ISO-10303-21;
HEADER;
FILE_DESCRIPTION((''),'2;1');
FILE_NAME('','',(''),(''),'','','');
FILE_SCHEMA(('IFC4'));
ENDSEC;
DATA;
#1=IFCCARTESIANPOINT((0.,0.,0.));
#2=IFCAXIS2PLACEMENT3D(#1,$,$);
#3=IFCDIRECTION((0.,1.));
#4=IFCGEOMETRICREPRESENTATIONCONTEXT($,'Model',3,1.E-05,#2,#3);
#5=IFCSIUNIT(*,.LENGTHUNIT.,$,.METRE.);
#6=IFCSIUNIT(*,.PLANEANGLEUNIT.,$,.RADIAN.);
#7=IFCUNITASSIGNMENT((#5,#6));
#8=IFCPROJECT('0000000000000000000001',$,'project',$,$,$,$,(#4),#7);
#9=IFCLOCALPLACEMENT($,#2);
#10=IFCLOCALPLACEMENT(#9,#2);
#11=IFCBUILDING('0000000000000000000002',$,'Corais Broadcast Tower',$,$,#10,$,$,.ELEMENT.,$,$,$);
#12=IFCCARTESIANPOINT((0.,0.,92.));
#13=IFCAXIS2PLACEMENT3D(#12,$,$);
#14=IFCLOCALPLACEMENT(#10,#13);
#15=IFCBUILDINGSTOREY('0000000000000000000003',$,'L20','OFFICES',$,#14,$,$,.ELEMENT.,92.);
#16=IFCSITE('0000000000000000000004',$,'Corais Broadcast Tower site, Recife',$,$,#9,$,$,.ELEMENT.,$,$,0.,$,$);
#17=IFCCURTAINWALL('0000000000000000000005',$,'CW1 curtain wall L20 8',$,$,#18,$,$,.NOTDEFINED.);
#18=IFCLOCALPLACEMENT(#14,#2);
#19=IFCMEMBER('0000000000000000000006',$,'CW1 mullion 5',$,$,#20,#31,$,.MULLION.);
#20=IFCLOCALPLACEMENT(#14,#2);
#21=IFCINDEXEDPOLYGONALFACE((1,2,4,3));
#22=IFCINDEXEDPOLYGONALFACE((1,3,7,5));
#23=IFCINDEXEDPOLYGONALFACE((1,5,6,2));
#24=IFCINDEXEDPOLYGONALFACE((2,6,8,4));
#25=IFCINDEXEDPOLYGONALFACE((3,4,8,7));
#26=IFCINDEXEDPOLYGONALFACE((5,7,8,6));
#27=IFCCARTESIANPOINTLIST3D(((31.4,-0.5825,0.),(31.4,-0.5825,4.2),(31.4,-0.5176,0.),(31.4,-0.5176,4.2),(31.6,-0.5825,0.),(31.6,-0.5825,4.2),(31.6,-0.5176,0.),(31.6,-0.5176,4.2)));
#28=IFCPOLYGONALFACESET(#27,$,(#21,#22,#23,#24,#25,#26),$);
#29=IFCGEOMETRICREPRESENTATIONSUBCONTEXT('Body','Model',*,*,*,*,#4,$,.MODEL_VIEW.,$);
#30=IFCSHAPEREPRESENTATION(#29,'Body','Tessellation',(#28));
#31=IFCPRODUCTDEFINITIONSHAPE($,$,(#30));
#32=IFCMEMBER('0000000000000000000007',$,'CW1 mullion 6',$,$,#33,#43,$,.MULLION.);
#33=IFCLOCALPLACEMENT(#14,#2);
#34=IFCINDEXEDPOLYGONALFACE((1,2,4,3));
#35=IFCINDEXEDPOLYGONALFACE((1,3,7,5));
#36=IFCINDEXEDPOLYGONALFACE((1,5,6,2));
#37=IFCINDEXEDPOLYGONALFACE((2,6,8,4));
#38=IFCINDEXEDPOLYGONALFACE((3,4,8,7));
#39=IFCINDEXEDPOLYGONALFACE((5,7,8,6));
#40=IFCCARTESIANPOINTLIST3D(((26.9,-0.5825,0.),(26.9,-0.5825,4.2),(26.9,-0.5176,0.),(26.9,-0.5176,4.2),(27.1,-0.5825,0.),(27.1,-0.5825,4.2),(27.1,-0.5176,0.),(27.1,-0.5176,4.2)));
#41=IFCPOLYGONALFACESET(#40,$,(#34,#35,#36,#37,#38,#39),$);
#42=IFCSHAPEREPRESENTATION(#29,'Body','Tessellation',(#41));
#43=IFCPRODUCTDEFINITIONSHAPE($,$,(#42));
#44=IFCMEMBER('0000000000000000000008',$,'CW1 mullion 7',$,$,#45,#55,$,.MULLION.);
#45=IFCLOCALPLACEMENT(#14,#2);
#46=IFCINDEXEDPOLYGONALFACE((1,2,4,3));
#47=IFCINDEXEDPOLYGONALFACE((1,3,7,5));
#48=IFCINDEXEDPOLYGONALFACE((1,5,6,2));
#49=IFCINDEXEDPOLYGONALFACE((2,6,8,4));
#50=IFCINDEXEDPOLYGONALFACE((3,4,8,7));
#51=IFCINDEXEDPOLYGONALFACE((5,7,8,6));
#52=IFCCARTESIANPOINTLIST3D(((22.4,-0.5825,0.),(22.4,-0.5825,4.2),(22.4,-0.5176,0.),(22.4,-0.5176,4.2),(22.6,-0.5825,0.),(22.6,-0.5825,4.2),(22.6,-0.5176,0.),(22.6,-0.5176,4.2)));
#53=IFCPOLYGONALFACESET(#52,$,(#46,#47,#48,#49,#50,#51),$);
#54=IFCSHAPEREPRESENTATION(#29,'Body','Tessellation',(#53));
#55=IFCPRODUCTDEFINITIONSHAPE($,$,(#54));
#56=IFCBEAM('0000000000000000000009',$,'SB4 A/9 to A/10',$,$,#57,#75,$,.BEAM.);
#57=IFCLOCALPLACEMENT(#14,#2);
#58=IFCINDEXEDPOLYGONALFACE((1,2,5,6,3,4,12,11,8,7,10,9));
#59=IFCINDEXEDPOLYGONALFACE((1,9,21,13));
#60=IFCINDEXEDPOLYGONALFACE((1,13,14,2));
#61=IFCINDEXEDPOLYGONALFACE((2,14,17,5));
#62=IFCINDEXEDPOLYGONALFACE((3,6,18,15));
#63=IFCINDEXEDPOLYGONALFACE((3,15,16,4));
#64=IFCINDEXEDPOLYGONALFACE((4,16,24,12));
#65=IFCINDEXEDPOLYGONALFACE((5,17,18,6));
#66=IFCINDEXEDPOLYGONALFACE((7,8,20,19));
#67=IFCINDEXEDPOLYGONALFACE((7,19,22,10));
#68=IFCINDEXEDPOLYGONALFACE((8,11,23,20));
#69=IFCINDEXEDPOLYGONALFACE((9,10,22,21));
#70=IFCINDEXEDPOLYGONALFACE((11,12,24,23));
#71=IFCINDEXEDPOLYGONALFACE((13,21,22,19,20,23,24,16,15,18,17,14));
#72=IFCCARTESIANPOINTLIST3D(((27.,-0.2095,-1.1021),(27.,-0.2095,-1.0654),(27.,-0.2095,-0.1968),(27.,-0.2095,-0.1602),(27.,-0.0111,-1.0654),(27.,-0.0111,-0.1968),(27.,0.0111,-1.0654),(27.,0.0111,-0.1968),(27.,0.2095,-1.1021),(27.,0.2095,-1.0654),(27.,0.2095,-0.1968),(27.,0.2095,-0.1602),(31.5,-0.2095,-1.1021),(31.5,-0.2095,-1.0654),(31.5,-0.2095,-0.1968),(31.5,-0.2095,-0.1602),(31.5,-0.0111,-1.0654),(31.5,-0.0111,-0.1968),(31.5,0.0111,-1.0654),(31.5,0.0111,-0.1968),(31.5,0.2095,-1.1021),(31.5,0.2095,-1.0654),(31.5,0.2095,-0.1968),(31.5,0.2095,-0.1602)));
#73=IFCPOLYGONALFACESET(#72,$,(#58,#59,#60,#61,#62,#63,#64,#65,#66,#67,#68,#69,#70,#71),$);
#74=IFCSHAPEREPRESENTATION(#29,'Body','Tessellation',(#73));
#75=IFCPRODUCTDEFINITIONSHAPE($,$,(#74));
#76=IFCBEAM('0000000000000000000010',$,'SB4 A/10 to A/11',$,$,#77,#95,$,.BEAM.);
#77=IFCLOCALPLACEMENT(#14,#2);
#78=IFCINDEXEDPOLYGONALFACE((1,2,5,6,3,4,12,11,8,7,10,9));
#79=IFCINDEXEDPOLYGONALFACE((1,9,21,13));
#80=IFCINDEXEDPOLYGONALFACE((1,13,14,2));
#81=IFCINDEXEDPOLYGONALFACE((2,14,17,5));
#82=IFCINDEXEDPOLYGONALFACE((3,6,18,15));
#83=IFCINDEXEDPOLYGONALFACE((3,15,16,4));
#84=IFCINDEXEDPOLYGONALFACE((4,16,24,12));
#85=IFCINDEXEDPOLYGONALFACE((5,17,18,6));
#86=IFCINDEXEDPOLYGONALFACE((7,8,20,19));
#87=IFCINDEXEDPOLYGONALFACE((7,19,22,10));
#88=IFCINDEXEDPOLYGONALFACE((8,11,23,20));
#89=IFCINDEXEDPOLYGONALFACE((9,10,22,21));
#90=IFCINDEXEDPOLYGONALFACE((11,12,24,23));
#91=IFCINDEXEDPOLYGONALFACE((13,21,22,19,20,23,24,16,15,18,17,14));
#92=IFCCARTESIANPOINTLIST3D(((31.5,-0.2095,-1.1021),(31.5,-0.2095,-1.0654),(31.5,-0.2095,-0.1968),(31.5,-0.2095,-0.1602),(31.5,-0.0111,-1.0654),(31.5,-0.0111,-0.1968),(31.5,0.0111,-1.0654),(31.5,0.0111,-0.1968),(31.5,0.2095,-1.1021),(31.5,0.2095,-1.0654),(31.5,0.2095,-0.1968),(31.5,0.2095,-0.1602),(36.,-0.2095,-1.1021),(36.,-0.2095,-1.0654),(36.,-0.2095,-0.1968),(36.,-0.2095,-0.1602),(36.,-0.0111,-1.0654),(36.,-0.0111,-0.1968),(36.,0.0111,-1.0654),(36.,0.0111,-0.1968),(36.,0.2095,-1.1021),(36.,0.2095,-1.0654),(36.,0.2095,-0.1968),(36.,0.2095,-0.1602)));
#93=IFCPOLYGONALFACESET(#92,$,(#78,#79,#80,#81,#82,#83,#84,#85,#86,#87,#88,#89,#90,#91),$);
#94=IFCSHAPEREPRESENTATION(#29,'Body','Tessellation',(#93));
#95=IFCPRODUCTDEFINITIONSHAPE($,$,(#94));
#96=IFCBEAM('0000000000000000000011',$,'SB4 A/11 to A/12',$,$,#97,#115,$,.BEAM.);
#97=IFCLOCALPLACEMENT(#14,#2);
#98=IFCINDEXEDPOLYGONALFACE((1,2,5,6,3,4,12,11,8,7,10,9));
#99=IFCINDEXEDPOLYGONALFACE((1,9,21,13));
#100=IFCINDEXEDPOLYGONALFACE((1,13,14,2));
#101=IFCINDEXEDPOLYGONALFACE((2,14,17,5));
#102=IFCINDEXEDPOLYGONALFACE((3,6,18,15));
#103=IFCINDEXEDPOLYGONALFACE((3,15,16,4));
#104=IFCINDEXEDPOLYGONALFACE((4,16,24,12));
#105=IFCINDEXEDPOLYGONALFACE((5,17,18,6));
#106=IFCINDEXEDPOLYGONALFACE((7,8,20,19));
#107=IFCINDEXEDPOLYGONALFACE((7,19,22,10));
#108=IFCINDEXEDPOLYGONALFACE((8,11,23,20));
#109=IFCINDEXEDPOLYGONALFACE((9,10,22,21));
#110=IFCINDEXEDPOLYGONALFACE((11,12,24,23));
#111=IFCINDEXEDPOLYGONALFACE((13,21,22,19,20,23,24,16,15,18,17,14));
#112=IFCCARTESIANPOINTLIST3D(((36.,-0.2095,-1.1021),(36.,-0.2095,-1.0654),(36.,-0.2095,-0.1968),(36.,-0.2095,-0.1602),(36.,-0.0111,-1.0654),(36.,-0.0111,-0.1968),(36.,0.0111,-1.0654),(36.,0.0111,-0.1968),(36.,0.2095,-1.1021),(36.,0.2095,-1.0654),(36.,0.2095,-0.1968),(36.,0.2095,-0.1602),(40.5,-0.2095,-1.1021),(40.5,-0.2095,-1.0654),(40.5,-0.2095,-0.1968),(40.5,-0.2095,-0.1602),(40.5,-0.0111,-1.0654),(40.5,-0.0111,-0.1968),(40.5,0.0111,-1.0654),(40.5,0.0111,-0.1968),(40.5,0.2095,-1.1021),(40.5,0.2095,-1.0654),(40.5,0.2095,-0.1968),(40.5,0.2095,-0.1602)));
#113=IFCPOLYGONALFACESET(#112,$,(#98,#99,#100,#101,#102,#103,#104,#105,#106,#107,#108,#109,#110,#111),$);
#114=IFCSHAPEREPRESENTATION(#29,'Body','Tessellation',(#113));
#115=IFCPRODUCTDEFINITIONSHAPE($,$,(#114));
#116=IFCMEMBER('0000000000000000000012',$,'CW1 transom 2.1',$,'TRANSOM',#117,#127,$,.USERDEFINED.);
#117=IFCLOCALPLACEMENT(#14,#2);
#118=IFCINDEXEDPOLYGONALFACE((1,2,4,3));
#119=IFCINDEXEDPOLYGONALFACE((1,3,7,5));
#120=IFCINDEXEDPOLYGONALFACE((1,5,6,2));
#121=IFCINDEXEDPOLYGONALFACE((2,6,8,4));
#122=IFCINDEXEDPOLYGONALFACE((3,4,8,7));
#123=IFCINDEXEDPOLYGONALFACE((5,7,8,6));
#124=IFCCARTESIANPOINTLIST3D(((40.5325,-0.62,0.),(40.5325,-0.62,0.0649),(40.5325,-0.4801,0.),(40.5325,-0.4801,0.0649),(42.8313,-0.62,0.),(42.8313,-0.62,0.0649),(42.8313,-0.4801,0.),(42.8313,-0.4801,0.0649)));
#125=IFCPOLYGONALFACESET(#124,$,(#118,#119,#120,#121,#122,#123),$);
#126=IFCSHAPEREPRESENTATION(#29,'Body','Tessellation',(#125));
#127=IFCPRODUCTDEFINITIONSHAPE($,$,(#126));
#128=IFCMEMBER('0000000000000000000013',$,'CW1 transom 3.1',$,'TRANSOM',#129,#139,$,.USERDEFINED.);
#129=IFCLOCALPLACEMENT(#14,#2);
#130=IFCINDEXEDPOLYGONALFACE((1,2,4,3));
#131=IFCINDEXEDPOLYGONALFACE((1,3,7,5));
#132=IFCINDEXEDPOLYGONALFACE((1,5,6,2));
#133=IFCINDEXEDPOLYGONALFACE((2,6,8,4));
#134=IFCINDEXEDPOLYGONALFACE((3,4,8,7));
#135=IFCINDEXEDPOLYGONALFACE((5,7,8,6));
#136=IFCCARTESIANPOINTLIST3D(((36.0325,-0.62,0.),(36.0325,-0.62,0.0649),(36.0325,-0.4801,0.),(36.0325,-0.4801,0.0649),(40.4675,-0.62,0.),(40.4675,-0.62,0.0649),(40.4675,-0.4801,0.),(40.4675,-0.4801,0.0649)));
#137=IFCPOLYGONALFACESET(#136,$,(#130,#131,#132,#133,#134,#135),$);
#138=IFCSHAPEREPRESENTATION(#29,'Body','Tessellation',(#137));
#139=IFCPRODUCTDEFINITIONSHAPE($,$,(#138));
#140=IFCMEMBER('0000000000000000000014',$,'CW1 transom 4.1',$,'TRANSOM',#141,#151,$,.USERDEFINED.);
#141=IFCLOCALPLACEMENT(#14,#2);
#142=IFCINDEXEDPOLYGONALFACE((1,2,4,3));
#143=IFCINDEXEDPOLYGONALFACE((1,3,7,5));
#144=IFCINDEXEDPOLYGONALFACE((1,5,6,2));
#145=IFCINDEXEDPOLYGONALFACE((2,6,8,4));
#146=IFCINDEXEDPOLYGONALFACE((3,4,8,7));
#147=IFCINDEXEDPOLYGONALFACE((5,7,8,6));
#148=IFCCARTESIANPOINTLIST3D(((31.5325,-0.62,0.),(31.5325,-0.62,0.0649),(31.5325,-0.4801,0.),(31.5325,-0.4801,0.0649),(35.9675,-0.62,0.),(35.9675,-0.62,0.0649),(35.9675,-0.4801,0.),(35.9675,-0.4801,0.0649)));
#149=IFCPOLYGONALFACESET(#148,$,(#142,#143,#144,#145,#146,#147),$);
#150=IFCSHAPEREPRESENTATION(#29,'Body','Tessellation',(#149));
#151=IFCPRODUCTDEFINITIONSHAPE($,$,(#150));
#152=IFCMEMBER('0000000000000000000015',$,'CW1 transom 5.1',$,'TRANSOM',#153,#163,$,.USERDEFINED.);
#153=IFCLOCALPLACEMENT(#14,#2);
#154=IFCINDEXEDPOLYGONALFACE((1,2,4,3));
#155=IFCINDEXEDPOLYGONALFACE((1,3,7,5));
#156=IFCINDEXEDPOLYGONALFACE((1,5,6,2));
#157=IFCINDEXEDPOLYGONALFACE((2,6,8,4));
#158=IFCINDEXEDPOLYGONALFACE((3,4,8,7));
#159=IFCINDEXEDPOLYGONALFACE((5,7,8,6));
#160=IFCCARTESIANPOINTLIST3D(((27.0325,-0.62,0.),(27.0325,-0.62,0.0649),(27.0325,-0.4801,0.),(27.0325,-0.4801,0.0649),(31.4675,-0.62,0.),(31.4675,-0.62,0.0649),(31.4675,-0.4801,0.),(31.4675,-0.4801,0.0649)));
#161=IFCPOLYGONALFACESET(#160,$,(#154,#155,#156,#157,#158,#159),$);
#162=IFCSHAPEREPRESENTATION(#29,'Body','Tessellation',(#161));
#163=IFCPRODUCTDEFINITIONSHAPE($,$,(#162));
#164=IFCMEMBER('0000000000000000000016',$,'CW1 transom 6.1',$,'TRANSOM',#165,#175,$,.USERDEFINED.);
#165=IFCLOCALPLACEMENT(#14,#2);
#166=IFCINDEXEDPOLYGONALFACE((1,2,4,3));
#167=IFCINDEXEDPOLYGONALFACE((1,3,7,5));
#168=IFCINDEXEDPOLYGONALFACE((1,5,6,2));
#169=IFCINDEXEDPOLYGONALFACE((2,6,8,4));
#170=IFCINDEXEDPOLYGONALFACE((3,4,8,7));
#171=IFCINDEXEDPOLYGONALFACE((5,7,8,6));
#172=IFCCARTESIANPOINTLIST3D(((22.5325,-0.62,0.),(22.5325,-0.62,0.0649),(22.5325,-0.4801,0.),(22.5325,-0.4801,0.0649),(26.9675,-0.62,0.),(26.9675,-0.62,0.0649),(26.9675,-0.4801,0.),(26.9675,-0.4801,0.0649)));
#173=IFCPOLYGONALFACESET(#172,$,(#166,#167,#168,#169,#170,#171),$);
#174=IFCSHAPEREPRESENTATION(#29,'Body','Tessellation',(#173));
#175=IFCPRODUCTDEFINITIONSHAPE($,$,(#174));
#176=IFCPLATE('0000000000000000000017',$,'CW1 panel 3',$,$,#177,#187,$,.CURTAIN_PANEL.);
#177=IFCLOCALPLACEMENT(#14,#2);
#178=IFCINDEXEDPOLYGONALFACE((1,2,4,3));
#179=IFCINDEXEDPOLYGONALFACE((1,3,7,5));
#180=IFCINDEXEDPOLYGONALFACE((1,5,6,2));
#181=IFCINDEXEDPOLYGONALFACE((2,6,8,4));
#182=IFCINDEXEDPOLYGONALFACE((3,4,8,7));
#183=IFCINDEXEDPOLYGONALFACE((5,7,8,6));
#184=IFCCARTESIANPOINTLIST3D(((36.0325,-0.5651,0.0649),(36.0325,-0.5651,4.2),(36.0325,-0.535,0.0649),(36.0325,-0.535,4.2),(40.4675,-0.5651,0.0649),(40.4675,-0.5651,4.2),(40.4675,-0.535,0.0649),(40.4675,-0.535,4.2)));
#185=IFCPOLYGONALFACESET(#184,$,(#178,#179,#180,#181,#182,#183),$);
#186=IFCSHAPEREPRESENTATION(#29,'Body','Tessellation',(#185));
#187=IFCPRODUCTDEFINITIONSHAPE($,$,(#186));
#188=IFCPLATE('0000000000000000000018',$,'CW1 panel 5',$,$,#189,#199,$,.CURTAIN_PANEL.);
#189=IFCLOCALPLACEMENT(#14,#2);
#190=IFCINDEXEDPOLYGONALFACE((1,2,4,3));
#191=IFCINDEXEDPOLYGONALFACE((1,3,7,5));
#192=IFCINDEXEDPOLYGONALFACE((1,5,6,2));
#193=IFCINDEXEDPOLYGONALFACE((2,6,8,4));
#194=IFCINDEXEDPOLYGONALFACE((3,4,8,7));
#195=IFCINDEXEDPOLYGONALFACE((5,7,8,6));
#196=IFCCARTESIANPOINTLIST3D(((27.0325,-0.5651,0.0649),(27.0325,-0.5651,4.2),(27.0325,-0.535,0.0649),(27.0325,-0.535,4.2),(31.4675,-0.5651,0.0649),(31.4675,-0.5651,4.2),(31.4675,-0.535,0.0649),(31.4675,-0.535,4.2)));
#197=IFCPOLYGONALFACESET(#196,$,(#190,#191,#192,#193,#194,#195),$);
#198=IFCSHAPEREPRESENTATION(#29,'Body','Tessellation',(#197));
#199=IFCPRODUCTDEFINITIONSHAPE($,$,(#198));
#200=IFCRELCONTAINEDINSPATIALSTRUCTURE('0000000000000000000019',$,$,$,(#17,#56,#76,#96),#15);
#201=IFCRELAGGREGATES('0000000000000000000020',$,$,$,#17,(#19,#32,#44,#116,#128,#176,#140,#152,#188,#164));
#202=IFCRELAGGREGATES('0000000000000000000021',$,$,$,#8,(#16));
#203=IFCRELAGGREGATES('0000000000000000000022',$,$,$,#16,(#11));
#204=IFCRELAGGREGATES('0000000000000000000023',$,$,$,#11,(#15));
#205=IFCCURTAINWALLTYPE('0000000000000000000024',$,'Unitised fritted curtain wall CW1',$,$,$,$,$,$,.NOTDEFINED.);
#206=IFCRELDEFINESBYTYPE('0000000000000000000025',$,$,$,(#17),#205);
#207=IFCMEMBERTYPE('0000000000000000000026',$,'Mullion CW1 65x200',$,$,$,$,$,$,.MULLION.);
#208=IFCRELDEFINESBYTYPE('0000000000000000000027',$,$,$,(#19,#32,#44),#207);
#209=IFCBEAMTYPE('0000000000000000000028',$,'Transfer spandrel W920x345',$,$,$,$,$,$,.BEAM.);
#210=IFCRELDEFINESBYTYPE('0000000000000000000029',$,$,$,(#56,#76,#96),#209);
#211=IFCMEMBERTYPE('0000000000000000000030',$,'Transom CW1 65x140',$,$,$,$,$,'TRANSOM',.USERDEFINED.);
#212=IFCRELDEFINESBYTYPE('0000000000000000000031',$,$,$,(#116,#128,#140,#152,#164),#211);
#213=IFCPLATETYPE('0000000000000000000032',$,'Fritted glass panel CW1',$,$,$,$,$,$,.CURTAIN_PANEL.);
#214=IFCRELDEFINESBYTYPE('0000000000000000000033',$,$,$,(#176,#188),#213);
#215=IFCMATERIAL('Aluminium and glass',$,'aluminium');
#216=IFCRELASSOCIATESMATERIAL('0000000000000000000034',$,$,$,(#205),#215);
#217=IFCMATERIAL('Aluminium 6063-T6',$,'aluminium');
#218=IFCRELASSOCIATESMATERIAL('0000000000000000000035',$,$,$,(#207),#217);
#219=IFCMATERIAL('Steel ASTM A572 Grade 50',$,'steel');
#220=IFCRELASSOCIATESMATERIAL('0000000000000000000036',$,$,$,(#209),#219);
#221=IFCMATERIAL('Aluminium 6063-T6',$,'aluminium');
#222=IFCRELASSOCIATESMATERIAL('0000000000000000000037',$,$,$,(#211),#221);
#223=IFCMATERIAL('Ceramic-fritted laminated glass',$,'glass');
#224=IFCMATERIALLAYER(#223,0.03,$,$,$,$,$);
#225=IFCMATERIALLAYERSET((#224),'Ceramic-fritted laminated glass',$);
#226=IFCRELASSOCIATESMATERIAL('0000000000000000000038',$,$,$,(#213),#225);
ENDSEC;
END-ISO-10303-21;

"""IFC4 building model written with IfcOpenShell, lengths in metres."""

from ifc_helpers import new_model, si_unit, direction, frame, origin, origin_2d, place, context, subcontext, project, spatial, rectangle, i_section, extrude, material, layer, layer_set, material_profile, profile_set, type_object, element, aggregate, save


model = new_model("IFC4")

# Units and contexts
model_context = context("Model", 3, precision=1e-05, world=origin(), true_north=direction((0.0, 1.0)))
body_context = subcontext(model_context, "Body", "Model", "MODEL_VIEW")
ifc_project = project(units=[si_unit("LENGTHUNIT", "METRE"), si_unit("PLANEANGLEUNIT", "RADIAN")], contexts=[model_context])

# Site, building, storey
site_placement = place(None, origin())
site = spatial("IfcSite", under=ifc_project, at=site_placement, Name="Corais Broadcast Tower site, Recife", CompositionType="ELEMENT", RefElevation=0.0)
building_placement = place(site_placement, origin())
building = spatial("IfcBuilding", under=site, at=building_placement, Name="Corais Broadcast Tower", CompositionType="ELEMENT")
storey_placement = place(building_placement, frame((0.0, 0.0, 92.0)))
storey = spatial("IfcBuildingStorey", under=building, at=storey_placement, Name="L20", Description="OFFICES", CompositionType="ELEMENT", Elevation=92.0)

# Curtain wall, members
ifc_material_1 = material(Name="Aluminium and glass", Category="aluminium")
curtain_wall_type = type_object("IfcCurtainWallType", Name="Unitised fritted curtain wall CW1", PredefinedType="NOTDEFINED", material=ifc_material_1)
curtain_wall_placement = place(storey_placement, origin())
curtain_wall = element("IfcCurtainWall", 1, at=curtain_wall_placement, inside=storey, type_object=curtain_wall_type, Name="CW1 curtain wall L20 8", PredefinedType="NOTDEFINED")
ifc_material_2 = material(Name="Aluminium 6063-T6", Category="aluminium")
ifc_material_profile_1 = material_profile(ifc_material_2, rectangle(XDim=0.0649, YDim=0.2, at=origin_2d()), Name="Mullion CW1 65x200")
ifc_profile_set_1 = profile_set([ifc_material_profile_1], Name="Aluminium 6063-T6")
member_type_1 = type_object("IfcMemberType", Name="Mullion CW1 65x200", PredefinedType="MULLION", material=ifc_profile_set_1)
member_1_placement = place(storey_placement, frame((31.5, -0.55, 0.0), z_axis=(0.0, 0.0, 1.0), x_axis=(0.0, -1.0, 0.0)))
member_1 = element("IfcMember", 2, at=member_1_placement, type_object=member_type_1, Name="CW1 mullion 5", PredefinedType="MULLION", context=body_context, shape_type="SweptSolid", body=[
    extrude(rectangle(XDim=0.0649, YDim=0.2, at=origin_2d()), origin(), (0.0, 0.0, 1.0), 4.2),
])
member_2_placement = place(storey_placement, frame((27.0, -0.55, 0.0), z_axis=(0.0, 0.0, 1.0), x_axis=(0.0, -1.0, 0.0)))
member_2 = element("IfcMember", 3, at=member_2_placement, type_object=member_type_1, Name="CW1 mullion 6", PredefinedType="MULLION", context=body_context, shape_type="SweptSolid", body=[
    extrude(rectangle(XDim=0.0649, YDim=0.2, at=origin_2d()), origin(), (0.0, 0.0, 1.0), 4.2),
])
member_3_placement = place(storey_placement, frame((22.5, -0.55, 0.0), z_axis=(0.0, 0.0, 1.0), x_axis=(0.0, -1.0, 0.0)))
member_3 = element("IfcMember", 4, at=member_3_placement, type_object=member_type_1, Name="CW1 mullion 7", PredefinedType="MULLION", context=body_context, shape_type="SweptSolid", body=[
    extrude(rectangle(XDim=0.0649, YDim=0.2, at=origin_2d()), origin(), (0.0, 0.0, 1.0), 4.2),
])

# Beams
ifc_material_3 = material(Name="Steel ASTM A572 Grade 50", Category="steel")
ifc_material_profile_2 = material_profile(ifc_material_3, i_section(OverallWidth=0.4189, OverallDepth=0.9419, WebThickness=0.0222, FlangeThickness=0.0366, at=origin_2d()), Name="W920x345")
ifc_profile_set_2 = profile_set([ifc_material_profile_2], Name="Steel ASTM A572 Grade 50")
beam_type_1 = type_object("IfcBeamType", Name="Transfer spandrel W920x345", PredefinedType="BEAM", material=ifc_profile_set_2)
for number, where, z_axis, x_axis, name in (
    (5, (27.0, 0.0, -0.6311), (1.0, 0.0, 0.0), (0.0, 1.0, 0.0), "SB4 A/9 to A/10"),
    (6, (31.5, 0.0, -0.6311), (1.0, 0.0, 0.0), (0.0, 1.0, 0.0), "SB4 A/10 to A/11"),
    (7, (36.0, 0.0, -0.6311), (1.0, 0.0, 0.0), (0.0, 1.0, 0.0), "SB4 A/11 to A/12"),
):
    element("IfcBeam", number, at=place(storey_placement, frame(where, z_axis=z_axis, x_axis=x_axis)), inside=storey, type_object=beam_type_1, Name=name, PredefinedType="BEAM", context=body_context, shape_type="SweptSolid", body=[
        extrude(i_section(OverallWidth=0.4189, OverallDepth=0.9419, WebThickness=0.0222, FlangeThickness=0.0366, at=origin_2d()), origin(), (0.0, 0.0, 1.0), 4.5),
    ])

# Members
ifc_material_4 = material(Name="Aluminium 6063-T6", Category="aluminium")
ifc_material_profile_3 = material_profile(ifc_material_4, rectangle(XDim=0.1399, YDim=0.0649, at=origin_2d()), Name="Transom CW1 65x140")
ifc_profile_set_3 = profile_set([ifc_material_profile_3], Name="Aluminium 6063-T6")
member_type_2 = type_object("IfcMemberType", Name="Transom CW1 65x140", ElementType="TRANSOM", PredefinedType="USERDEFINED", material=ifc_profile_set_3)
member_4_placement = place(storey_placement, frame((42.8313, -0.55, 0.0325), z_axis=(-1.0, 0.0, 0.0), x_axis=(0.0, -1.0, 0.0)))
member_4 = element("IfcMember", 8, at=member_4_placement, type_object=member_type_2, Name="CW1 transom 2.1", ObjectType="TRANSOM", PredefinedType="USERDEFINED", context=body_context, shape_type="SweptSolid", body=[
    extrude(rectangle(XDim=0.1399, YDim=0.0649, at=origin_2d()), origin(), (0.0, 0.0, 1.0), 2.2988),
])
member_5_placement = place(storey_placement, frame((40.4675, -0.55, 0.0325), z_axis=(-1.0, 0.0, 0.0), x_axis=(0.0, -1.0, 0.0)))
member_5 = element("IfcMember", 9, at=member_5_placement, type_object=member_type_2, Name="CW1 transom 3.1", ObjectType="TRANSOM", PredefinedType="USERDEFINED", context=body_context, shape_type="SweptSolid", body=[
    extrude(rectangle(XDim=0.1399, YDim=0.0649, at=origin_2d()), origin(), (0.0, 0.0, 1.0), 4.4351),
])
member_6_placement = place(storey_placement, frame((35.9675, -0.55, 0.0325), z_axis=(-1.0, 0.0, 0.0), x_axis=(0.0, -1.0, 0.0)))
member_6 = element("IfcMember", 10, at=member_6_placement, type_object=member_type_2, Name="CW1 transom 4.1", ObjectType="TRANSOM", PredefinedType="USERDEFINED", context=body_context, shape_type="SweptSolid", body=[
    extrude(rectangle(XDim=0.1399, YDim=0.0649, at=origin_2d()), origin(), (0.0, 0.0, 1.0), 4.4351),
])
member_7_placement = place(storey_placement, frame((31.4675, -0.55, 0.0325), z_axis=(-1.0, 0.0, 0.0), x_axis=(0.0, -1.0, 0.0)))
member_7 = element("IfcMember", 11, at=member_7_placement, type_object=member_type_2, Name="CW1 transom 5.1", ObjectType="TRANSOM", PredefinedType="USERDEFINED", context=body_context, shape_type="SweptSolid", body=[
    extrude(rectangle(XDim=0.1399, YDim=0.0649, at=origin_2d()), origin(), (0.0, 0.0, 1.0), 4.4351),
])
member_8_placement = place(storey_placement, frame((26.9675, -0.55, 0.0325), z_axis=(-1.0, 0.0, 0.0), x_axis=(0.0, -1.0, 0.0)))
member_8 = element("IfcMember", 12, at=member_8_placement, type_object=member_type_2, Name="CW1 transom 6.1", ObjectType="TRANSOM", PredefinedType="USERDEFINED", context=body_context, shape_type="SweptSolid", body=[
    extrude(rectangle(XDim=0.1399, YDim=0.0649, at=origin_2d()), origin(), (0.0, 0.0, 1.0), 4.4351),
])

# Plates
ifc_material_5 = material(Name="Ceramic-fritted laminated glass", Category="glass")
ifc_layer_1 = layer(ifc_material_5, 0.03)
ifc_layer_set_1 = layer_set([ifc_layer_1], Name="Ceramic-fritted laminated glass")
plate_type_1 = type_object("IfcPlateType", Name="Fritted glass panel CW1", PredefinedType="CURTAIN_PANEL", material=ifc_layer_set_1)
plate_1_placement = place(storey_placement, frame((38.25, -0.55, 0.0649), z_axis=(0.0, 0.0, 1.0), x_axis=(-1.0, 0.0, 0.0)))
plate_1 = element("IfcPlate", 13, at=plate_1_placement, type_object=plate_type_1, Name="CW1 panel 3", PredefinedType="CURTAIN_PANEL", context=body_context, shape_type="SweptSolid", body=[
    extrude(rectangle(XDim=4.4351, YDim=0.03, at=origin_2d()), origin(), (0.0, 0.0, 1.0), 4.135),
])
plate_2_placement = place(storey_placement, frame((29.25, -0.55, 0.0649), z_axis=(0.0, 0.0, 1.0), x_axis=(-1.0, 0.0, 0.0)))
plate_2 = element("IfcPlate", 14, at=plate_2_placement, type_object=plate_type_1, Name="CW1 panel 5", PredefinedType="CURTAIN_PANEL", context=body_context, shape_type="SweptSolid", body=[
    extrude(rectangle(XDim=4.4351, YDim=0.03, at=origin_2d()), origin(), (0.0, 0.0, 1.0), 4.135),
])
aggregate(curtain_wall, [member_1, member_2, member_3, member_4, member_5, plate_1, member_6, member_7, plate_2, member_8])

save(model, "model.ifc")
